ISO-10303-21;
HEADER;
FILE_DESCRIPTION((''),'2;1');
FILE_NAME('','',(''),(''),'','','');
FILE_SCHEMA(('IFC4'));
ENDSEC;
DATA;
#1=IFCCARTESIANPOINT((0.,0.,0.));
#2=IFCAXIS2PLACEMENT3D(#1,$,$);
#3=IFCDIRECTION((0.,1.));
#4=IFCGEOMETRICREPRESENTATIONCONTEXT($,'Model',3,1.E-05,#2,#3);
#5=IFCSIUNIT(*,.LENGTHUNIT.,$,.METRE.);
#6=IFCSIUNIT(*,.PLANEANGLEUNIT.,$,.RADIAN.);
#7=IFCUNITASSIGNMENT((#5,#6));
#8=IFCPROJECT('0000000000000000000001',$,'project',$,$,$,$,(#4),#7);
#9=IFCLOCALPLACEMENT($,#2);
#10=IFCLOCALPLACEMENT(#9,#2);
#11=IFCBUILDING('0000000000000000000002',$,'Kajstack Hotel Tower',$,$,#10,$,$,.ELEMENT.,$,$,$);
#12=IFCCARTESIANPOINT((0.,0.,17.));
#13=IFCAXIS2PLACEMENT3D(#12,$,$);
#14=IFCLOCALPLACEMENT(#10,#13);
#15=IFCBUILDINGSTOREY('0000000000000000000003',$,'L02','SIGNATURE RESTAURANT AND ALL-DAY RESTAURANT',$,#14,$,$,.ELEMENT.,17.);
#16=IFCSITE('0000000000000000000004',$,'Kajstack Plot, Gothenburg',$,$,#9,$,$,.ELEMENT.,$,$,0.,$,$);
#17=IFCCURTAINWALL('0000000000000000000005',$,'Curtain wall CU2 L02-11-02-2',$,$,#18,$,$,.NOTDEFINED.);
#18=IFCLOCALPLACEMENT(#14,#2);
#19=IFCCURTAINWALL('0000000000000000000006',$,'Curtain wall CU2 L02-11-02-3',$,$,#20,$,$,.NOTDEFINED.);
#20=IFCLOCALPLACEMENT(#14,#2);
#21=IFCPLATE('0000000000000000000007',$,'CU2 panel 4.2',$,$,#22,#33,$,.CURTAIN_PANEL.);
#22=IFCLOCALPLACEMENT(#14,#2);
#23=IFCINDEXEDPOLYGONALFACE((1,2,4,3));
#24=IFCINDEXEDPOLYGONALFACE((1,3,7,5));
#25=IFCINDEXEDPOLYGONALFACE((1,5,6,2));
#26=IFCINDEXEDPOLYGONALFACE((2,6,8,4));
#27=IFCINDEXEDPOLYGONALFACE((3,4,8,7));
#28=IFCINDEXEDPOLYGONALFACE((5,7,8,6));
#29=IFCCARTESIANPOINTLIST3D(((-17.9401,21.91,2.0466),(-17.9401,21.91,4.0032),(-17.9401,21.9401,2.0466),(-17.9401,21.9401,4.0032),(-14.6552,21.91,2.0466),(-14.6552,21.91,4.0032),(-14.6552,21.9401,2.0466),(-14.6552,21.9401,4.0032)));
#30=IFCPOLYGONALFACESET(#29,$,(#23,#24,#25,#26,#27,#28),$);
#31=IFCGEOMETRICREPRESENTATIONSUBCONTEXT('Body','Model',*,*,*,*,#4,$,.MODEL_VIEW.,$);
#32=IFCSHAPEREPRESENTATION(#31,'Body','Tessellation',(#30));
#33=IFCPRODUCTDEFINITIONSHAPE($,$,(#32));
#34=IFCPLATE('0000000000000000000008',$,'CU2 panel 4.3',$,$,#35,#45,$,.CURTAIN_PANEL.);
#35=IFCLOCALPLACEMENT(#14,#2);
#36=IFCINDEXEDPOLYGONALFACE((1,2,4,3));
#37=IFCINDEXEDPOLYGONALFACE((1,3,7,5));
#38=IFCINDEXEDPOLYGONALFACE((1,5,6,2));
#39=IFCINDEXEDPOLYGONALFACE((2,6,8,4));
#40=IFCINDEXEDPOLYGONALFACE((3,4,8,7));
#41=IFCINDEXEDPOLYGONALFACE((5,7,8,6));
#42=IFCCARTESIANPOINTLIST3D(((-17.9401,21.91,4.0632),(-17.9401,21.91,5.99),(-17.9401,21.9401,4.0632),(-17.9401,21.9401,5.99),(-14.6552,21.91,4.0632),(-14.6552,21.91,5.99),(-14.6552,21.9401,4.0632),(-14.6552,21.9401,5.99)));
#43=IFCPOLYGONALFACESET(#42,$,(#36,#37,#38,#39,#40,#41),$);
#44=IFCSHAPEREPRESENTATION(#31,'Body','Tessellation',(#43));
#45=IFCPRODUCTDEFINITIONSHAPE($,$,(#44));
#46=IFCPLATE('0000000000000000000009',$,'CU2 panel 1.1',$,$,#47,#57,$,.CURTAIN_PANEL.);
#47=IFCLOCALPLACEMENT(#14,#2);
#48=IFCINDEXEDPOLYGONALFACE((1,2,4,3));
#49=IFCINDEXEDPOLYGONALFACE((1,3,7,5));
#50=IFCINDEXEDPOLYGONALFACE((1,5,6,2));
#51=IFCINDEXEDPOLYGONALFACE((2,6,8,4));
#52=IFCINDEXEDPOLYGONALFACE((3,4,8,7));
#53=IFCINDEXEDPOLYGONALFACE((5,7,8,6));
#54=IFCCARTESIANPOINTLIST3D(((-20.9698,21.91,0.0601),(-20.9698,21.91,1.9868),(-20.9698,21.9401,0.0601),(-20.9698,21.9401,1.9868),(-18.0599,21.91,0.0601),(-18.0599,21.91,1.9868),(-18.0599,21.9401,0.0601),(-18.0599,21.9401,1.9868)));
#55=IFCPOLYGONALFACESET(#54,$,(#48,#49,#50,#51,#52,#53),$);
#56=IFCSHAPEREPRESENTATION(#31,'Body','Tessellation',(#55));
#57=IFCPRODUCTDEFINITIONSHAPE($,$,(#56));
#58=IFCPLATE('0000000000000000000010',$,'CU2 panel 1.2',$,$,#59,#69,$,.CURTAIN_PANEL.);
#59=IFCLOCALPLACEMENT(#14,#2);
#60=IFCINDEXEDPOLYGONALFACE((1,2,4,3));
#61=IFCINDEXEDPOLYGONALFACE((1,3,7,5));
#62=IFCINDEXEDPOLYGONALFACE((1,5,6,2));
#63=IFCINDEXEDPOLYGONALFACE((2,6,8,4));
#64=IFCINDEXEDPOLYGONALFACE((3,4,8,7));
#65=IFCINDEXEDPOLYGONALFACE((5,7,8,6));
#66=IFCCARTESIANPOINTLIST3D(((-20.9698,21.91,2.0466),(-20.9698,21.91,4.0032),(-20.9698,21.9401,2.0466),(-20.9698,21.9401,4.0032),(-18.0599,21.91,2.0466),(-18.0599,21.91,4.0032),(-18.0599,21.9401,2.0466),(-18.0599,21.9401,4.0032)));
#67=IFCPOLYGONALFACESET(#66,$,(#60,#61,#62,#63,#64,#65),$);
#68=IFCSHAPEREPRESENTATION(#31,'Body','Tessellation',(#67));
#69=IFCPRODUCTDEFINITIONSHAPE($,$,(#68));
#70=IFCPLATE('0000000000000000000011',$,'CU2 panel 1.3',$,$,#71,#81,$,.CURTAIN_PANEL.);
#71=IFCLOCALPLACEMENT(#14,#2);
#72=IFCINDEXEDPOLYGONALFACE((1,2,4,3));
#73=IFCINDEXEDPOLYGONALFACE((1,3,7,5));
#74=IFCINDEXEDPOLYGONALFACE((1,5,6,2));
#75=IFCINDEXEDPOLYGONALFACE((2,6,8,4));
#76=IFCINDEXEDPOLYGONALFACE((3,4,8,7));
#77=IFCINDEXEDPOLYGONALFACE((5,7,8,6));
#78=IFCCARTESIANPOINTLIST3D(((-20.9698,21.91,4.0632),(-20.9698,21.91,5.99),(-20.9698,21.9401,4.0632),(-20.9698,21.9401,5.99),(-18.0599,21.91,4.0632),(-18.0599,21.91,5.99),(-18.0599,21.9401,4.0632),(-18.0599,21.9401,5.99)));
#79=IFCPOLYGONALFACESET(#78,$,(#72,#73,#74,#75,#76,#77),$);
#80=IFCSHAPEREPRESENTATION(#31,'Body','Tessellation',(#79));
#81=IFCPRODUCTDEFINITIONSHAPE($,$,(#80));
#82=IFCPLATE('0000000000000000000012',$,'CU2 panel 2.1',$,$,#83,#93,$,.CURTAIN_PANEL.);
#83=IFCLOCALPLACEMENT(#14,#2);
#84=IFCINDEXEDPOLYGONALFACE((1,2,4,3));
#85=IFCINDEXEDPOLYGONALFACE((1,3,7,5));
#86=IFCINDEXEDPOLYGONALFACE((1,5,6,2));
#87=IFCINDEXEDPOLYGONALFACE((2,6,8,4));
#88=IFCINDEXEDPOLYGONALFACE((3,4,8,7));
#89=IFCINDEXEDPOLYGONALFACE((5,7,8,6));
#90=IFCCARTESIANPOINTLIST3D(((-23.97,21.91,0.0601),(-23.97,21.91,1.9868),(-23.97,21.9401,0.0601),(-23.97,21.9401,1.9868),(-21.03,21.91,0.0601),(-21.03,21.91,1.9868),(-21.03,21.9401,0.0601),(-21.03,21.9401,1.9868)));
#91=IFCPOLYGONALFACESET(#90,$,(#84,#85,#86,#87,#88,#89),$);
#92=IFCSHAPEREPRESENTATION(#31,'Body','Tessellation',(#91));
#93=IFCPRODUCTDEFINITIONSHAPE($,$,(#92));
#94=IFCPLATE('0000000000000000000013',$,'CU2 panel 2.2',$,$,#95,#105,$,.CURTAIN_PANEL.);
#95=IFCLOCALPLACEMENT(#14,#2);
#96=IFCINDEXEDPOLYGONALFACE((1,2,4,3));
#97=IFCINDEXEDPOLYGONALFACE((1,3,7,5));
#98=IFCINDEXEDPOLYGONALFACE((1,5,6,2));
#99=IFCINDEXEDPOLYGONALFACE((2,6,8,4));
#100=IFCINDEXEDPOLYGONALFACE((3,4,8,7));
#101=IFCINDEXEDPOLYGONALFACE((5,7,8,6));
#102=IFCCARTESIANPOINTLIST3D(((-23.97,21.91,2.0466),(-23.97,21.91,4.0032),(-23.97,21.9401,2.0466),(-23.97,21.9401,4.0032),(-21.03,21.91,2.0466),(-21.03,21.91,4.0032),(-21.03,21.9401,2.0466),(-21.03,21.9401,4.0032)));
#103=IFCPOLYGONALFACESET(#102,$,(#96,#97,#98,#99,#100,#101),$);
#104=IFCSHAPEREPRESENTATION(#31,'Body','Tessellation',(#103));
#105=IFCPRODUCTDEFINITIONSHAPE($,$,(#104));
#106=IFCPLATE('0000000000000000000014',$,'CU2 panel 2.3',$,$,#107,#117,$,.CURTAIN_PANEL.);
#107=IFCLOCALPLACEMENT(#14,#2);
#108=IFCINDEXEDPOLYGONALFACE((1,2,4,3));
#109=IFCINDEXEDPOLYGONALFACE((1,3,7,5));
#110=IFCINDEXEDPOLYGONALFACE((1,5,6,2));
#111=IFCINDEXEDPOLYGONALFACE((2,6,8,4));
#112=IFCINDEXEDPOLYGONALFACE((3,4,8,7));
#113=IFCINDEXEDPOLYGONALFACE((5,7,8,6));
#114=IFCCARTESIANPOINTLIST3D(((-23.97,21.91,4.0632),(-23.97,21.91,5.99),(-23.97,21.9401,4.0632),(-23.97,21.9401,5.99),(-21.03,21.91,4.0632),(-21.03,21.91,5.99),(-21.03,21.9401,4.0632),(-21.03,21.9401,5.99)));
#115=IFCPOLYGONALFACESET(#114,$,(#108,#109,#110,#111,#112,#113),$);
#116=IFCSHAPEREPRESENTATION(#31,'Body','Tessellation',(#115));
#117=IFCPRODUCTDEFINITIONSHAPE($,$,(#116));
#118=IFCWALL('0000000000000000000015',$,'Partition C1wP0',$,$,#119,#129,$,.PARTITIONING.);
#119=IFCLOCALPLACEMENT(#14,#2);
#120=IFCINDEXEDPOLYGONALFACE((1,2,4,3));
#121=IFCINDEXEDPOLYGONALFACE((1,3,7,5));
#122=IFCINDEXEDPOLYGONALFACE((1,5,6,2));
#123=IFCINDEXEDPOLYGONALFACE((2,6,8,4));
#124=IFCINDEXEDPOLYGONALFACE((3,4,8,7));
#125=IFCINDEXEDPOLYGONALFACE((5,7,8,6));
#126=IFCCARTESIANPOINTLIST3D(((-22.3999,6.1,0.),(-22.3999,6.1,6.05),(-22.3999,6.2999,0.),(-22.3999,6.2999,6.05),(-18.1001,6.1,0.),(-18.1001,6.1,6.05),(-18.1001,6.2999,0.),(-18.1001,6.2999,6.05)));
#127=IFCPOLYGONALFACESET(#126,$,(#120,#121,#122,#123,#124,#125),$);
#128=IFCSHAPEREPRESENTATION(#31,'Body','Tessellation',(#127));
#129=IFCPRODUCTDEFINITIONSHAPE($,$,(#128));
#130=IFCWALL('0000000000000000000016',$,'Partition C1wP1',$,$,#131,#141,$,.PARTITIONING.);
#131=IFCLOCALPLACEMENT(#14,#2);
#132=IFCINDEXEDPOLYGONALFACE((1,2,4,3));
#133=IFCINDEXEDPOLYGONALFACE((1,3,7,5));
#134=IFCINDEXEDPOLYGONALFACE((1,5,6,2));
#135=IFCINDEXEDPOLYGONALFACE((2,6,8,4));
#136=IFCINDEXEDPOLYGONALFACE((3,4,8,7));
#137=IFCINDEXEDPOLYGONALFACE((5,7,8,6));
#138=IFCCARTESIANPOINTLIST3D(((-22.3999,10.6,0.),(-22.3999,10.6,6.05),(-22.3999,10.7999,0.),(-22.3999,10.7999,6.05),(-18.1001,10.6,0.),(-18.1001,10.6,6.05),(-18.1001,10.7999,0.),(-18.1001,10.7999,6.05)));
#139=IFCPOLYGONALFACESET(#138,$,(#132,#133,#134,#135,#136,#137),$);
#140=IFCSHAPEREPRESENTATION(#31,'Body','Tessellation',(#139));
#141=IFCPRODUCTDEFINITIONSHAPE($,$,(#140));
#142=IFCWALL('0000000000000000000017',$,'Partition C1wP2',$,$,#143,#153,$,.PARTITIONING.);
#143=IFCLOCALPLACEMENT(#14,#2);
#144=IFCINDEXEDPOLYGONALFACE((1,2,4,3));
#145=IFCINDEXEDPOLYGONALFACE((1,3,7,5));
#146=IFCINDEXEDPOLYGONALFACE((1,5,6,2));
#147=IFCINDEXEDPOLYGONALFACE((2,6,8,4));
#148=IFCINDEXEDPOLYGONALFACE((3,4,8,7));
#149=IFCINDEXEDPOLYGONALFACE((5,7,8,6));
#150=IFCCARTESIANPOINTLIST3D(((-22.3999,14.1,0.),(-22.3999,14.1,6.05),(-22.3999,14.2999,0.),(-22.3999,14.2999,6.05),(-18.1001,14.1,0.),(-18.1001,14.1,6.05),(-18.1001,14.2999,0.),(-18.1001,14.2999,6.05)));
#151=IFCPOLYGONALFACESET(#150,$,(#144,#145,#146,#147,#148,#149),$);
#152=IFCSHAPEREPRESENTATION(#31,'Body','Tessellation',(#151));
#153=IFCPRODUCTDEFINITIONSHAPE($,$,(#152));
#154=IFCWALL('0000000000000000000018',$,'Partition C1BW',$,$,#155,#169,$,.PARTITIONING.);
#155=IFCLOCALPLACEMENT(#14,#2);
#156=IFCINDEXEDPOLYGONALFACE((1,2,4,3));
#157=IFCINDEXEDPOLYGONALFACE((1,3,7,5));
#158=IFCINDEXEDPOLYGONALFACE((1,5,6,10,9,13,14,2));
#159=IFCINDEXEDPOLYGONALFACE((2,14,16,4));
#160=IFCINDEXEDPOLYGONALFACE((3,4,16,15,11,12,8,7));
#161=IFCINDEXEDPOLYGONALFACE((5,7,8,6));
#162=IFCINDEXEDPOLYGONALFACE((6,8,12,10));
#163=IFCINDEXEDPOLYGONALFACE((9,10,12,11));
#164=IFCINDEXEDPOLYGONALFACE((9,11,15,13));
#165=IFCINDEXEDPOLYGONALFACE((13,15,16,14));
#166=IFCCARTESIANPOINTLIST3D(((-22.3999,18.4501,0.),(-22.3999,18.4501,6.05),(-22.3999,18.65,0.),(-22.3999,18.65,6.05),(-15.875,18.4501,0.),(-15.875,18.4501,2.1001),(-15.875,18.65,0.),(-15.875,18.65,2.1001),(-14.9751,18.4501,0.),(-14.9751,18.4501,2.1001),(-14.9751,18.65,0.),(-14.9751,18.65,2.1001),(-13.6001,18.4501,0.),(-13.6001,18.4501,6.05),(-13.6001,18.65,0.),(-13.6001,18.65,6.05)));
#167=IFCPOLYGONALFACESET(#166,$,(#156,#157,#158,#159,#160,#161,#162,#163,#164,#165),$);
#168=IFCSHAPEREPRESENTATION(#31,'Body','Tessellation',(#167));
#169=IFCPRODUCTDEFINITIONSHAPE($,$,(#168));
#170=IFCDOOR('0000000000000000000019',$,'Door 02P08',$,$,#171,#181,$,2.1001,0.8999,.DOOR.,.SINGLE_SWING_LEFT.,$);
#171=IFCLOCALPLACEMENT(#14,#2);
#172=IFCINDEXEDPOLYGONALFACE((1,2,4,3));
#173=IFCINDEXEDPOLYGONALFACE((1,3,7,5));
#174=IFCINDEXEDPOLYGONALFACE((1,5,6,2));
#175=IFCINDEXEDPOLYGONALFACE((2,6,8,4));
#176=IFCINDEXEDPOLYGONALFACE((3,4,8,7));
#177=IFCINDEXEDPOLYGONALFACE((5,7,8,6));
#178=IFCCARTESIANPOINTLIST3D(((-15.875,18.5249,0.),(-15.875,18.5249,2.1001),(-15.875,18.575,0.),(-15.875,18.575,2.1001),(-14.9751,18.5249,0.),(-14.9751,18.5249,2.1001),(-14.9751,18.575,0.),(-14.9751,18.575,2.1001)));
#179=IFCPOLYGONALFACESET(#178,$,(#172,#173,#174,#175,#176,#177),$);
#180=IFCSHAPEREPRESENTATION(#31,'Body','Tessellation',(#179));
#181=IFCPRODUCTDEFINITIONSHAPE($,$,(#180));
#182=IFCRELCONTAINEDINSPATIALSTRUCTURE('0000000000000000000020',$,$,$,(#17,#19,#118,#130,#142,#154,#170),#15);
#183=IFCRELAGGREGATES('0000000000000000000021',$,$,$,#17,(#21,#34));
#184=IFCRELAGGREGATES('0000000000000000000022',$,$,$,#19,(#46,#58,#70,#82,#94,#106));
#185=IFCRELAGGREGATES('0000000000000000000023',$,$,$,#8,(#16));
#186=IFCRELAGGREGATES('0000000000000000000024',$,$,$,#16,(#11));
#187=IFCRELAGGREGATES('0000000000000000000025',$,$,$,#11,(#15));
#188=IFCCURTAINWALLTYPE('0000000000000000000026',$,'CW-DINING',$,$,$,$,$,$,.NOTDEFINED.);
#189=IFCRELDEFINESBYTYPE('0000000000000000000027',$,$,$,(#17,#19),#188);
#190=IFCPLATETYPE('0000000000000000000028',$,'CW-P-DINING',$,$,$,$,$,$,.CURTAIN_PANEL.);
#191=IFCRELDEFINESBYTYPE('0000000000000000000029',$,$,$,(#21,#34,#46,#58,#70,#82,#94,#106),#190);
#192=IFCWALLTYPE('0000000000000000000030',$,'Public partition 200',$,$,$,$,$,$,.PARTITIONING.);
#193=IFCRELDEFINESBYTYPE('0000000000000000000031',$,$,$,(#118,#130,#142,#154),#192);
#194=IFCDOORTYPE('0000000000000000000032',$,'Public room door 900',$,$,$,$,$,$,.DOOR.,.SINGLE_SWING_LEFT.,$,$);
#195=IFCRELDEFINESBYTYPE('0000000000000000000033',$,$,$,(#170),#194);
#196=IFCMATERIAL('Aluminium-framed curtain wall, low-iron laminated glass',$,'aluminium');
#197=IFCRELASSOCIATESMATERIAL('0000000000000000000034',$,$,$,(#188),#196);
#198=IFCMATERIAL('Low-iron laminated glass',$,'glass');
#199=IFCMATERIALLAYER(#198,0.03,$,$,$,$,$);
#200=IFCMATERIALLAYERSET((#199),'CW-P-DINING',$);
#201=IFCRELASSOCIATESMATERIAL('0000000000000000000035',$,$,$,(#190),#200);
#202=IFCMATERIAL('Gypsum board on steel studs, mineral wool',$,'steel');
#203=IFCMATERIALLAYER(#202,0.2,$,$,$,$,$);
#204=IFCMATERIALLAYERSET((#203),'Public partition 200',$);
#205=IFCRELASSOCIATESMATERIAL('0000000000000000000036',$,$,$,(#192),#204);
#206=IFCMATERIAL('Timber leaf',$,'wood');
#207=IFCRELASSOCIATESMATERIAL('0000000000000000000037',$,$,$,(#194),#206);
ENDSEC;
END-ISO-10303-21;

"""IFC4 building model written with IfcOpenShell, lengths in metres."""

from ifc_helpers import new_model, si_unit, direction, frame, frame_2d, origin, origin_2d, place, context, subcontext, project, spatial, rectangle, extrude, material, layer, layer_set, type_object, element, fill, aggregate, save


model = new_model("IFC4")

# Units and contexts
model_context = context("Model", 3, precision=1e-05, world=origin(), true_north=direction((0.0, 1.0)))
body_context = subcontext(model_context, "Body", "Model", "MODEL_VIEW")
ifc_project = project(units=[si_unit("LENGTHUNIT", "METRE"), si_unit("PLANEANGLEUNIT", "RADIAN")], contexts=[model_context])

# Site, building, storey
site_placement = place(None, origin())
site = spatial("IfcSite", under=ifc_project, at=site_placement, Name="Kajstack Plot, Gothenburg", CompositionType="ELEMENT", RefElevation=0.0)
building_placement = place(site_placement, origin())
building = spatial("IfcBuilding", under=site, at=building_placement, Name="Kajstack Hotel Tower", CompositionType="ELEMENT")
storey_placement = place(building_placement, frame((0.0, 0.0, 17.0)))
storey = spatial("IfcBuildingStorey", under=building, at=storey_placement, Name="L02", Description="SIGNATURE RESTAURANT AND ALL-DAY RESTAURANT", CompositionType="ELEMENT", Elevation=17.0)

# Curtain wall
ifc_material_1 = material(Name="Aluminium-framed curtain wall, low-iron laminated glass", Category="aluminium")
curtain_wall_type = type_object("IfcCurtainWallType", Name="CW-DINING", PredefinedType="NOTDEFINED", material=ifc_material_1)
curtain_wall_1_placement = place(storey_placement, origin())
curtain_wall_1 = element("IfcCurtainWall", 1, at=curtain_wall_1_placement, inside=storey, type_object=curtain_wall_type, Name="Curtain wall CU2 L02-11-02-2", PredefinedType="NOTDEFINED")

# Curtain wall
curtain_wall_2_placement = place(storey_placement, origin())
curtain_wall_2 = element("IfcCurtainWall", 2, at=curtain_wall_2_placement, inside=storey, type_object=curtain_wall_type, Name="Curtain wall CU2 L02-11-02-3", PredefinedType="NOTDEFINED")

# Plates
ifc_material_2 = material(Name="Low-iron laminated glass", Category="glass")
ifc_layer_1 = layer(ifc_material_2, 0.03)
ifc_layer_set_1 = layer_set([ifc_layer_1], Name="CW-P-DINING")
plate_type = type_object("IfcPlateType", Name="CW-P-DINING", PredefinedType="CURTAIN_PANEL", material=ifc_layer_set_1)
plate_1_placement = place(storey_placement, frame((-16.2976, 21.925, 2.0466), z_axis=(0.0, 0.0, 1.0), x_axis=(-1.0, 0.0, 0.0)))
plate_1 = element("IfcPlate", 3, at=plate_1_placement, type_object=plate_type, Name="CU2 panel 4.2", PredefinedType="CURTAIN_PANEL", context=body_context, shape_type="SweptSolid", body=[
    extrude(rectangle(XDim=3.2849, YDim=0.03, at=origin_2d()), origin(), (0.0, 0.0, 1.0), 1.9565),
])
plate_2_placement = place(storey_placement, frame((-16.2976, 21.925, 4.0632), z_axis=(0.0, 0.0, 1.0), x_axis=(-1.0, 0.0, 0.0)))
plate_2 = element("IfcPlate", 4, at=plate_2_placement, type_object=plate_type, Name="CU2 panel 4.3", PredefinedType="CURTAIN_PANEL", context=body_context, shape_type="SweptSolid", body=[
    extrude(rectangle(XDim=3.2849, YDim=0.03, at=origin_2d()), origin(), (0.0, 0.0, 1.0), 1.9268),
])
aggregate(curtain_wall_1, [plate_1, plate_2])
plate_3_placement = place(storey_placement, frame((-19.5149, 21.925, 0.0601), z_axis=(0.0, 0.0, 1.0), x_axis=(-1.0, 0.0, 0.0)))
plate_3 = element("IfcPlate", 5, at=plate_3_placement, type_object=plate_type, Name="CU2 panel 1.1", PredefinedType="CURTAIN_PANEL", context=body_context, shape_type="SweptSolid", body=[
    extrude(rectangle(XDim=2.9099, YDim=0.03, at=origin_2d()), origin(), (0.0, 0.0, 1.0), 1.9268),
])
plate_4_placement = place(storey_placement, frame((-19.5149, 21.925, 2.0466), z_axis=(0.0, 0.0, 1.0), x_axis=(-1.0, 0.0, 0.0)))
plate_4 = element("IfcPlate", 6, at=plate_4_placement, type_object=plate_type, Name="CU2 panel 1.2", PredefinedType="CURTAIN_PANEL", context=body_context, shape_type="SweptSolid", body=[
    extrude(rectangle(XDim=2.9099, YDim=0.03, at=origin_2d()), origin(), (0.0, 0.0, 1.0), 1.9565),
])
plate_5_placement = place(storey_placement, frame((-19.5149, 21.925, 4.0632), z_axis=(0.0, 0.0, 1.0), x_axis=(-1.0, 0.0, 0.0)))
plate_5 = element("IfcPlate", 7, at=plate_5_placement, type_object=plate_type, Name="CU2 panel 1.3", PredefinedType="CURTAIN_PANEL", context=body_context, shape_type="SweptSolid", body=[
    extrude(rectangle(XDim=2.9099, YDim=0.03, at=origin_2d()), origin(), (0.0, 0.0, 1.0), 1.9268),
])
plate_6_placement = place(storey_placement, frame((-22.5, 21.925, 0.0601), z_axis=(0.0, 0.0, 1.0), x_axis=(-1.0, 0.0, 0.0)))
plate_6 = element("IfcPlate", 8, at=plate_6_placement, type_object=plate_type, Name="CU2 panel 2.1", PredefinedType="CURTAIN_PANEL", context=body_context, shape_type="SweptSolid", body=[
    extrude(rectangle(XDim=2.9399, YDim=0.03, at=origin_2d()), origin(), (0.0, 0.0, 1.0), 1.9268),
])
plate_7_placement = place(storey_placement, frame((-22.5, 21.925, 2.0466), z_axis=(0.0, 0.0, 1.0), x_axis=(-1.0, 0.0, 0.0)))
plate_7 = element("IfcPlate", 9, at=plate_7_placement, type_object=plate_type, Name="CU2 panel 2.2", PredefinedType="CURTAIN_PANEL", context=body_context, shape_type="SweptSolid", body=[
    extrude(rectangle(XDim=2.9399, YDim=0.03, at=origin_2d()), origin(), (0.0, 0.0, 1.0), 1.9565),
])
plate_8_placement = place(storey_placement, frame((-22.5, 21.925, 4.0632), z_axis=(0.0, 0.0, 1.0), x_axis=(-1.0, 0.0, 0.0)))
plate_8 = element("IfcPlate", 10, at=plate_8_placement, type_object=plate_type, Name="CU2 panel 2.3", PredefinedType="CURTAIN_PANEL", context=body_context, shape_type="SweptSolid", body=[
    extrude(rectangle(XDim=2.9399, YDim=0.03, at=origin_2d()), origin(), (0.0, 0.0, 1.0), 1.9268),
])
aggregate(curtain_wall_2, [plate_3, plate_4, plate_5, plate_6, plate_7, plate_8])

# Walls
ifc_material_3 = material(Name="Gypsum board on steel studs, mineral wool", Category="steel")
ifc_layer_2 = layer(ifc_material_3, 0.2)
ifc_layer_set_2 = layer_set([ifc_layer_2], Name="Public partition 200")
wall_type = type_object("IfcWallType", Name="Public partition 200", PredefinedType="PARTITIONING", material=ifc_layer_set_2)
for number, where, z_axis, x_axis, name in (
    (11, (-22.3999, 6.2, 0.0), (0.0, 0.0, 1.0), (1.0, 0.0, 0.0), "Partition C1wP0"),
    (12, (-22.3999, 10.7, 0.0), (0.0, 0.0, 1.0), (1.0, 0.0, 0.0), "Partition C1wP1"),
    (13, (-22.3999, 14.2, 0.0), (0.0, 0.0, 1.0), (1.0, 0.0, 0.0), "Partition C1wP2"),
):
    element("IfcWall", number, at=place(storey_placement, frame(where, z_axis=z_axis, x_axis=x_axis)), inside=storey, type_object=wall_type, Name=name, PredefinedType="PARTITIONING", context=body_context, shape_type="SweptSolid", body=[
        extrude(rectangle(XDim=4.2998, YDim=0.2, at=frame_2d((2.1499, 0.0))), origin(), (0.0, 0.0, 1.0), 6.05),
    ])

# Wall, opening, door
wall_placement = place(storey_placement, frame((-22.3999, 18.55, 0.0), z_axis=(0.0, 0.0, 1.0), x_axis=(1.0, 0.0, 0.0)))
wall = element("IfcWall", 14, at=wall_placement, inside=storey, type_object=wall_type, Name="Partition C1BW", PredefinedType="PARTITIONING", context=body_context, shape_type="SweptSolid", body=[
    extrude(rectangle(XDim=8.7998, YDim=0.2, at=frame_2d((4.3999, 0.0))), origin(), (0.0, 0.0, 1.0), 6.05),
])
opening_placement = place(wall_placement, frame((6.5249, 0.0, 0.0)))
opening = element("IfcOpeningElement", 15, at=opening_placement, cuts=wall, PredefinedType="OPENING", context=body_context, shape_type="SweptSolid", body=[
    extrude(rectangle(XDim=0.8999, YDim=2.1001, at=frame_2d((0.45, 1.05))), frame((0.0, 0.1099, 0.0), z_axis=(0.0, -1.0, 0.0), x_axis=(1.0, 0.0, 0.0)), (0.0, 0.0, 1.0), 0.22),
])
ifc_material_4 = material(Name="Timber leaf", Category="wood")
door_type = type_object("IfcDoorType", Name="Public room door 900", OperationType="SINGLE_SWING_LEFT", PredefinedType="DOOR", material=ifc_material_4)
door_placement = place(opening_placement, origin())
door = element("IfcDoor", 16, at=door_placement, inside=storey, type_object=door_type, Name="Door 02P08", OperationType="SINGLE_SWING_LEFT", OverallHeight=2.1001, OverallWidth=0.8999, PredefinedType="DOOR", context=body_context, shape_type="SweptSolid", body=[
    extrude(rectangle(XDim=0.8999, YDim=2.1001, at=frame_2d((0.45, 1.05))), frame((0.0, 0.0249, 0.0), z_axis=(0.0, -1.0, 0.0), x_axis=(1.0, 0.0, 0.0)), (0.0, 0.0, 1.0), 0.05),
])
fill(opening, door)

save(model, "model.ifc")
